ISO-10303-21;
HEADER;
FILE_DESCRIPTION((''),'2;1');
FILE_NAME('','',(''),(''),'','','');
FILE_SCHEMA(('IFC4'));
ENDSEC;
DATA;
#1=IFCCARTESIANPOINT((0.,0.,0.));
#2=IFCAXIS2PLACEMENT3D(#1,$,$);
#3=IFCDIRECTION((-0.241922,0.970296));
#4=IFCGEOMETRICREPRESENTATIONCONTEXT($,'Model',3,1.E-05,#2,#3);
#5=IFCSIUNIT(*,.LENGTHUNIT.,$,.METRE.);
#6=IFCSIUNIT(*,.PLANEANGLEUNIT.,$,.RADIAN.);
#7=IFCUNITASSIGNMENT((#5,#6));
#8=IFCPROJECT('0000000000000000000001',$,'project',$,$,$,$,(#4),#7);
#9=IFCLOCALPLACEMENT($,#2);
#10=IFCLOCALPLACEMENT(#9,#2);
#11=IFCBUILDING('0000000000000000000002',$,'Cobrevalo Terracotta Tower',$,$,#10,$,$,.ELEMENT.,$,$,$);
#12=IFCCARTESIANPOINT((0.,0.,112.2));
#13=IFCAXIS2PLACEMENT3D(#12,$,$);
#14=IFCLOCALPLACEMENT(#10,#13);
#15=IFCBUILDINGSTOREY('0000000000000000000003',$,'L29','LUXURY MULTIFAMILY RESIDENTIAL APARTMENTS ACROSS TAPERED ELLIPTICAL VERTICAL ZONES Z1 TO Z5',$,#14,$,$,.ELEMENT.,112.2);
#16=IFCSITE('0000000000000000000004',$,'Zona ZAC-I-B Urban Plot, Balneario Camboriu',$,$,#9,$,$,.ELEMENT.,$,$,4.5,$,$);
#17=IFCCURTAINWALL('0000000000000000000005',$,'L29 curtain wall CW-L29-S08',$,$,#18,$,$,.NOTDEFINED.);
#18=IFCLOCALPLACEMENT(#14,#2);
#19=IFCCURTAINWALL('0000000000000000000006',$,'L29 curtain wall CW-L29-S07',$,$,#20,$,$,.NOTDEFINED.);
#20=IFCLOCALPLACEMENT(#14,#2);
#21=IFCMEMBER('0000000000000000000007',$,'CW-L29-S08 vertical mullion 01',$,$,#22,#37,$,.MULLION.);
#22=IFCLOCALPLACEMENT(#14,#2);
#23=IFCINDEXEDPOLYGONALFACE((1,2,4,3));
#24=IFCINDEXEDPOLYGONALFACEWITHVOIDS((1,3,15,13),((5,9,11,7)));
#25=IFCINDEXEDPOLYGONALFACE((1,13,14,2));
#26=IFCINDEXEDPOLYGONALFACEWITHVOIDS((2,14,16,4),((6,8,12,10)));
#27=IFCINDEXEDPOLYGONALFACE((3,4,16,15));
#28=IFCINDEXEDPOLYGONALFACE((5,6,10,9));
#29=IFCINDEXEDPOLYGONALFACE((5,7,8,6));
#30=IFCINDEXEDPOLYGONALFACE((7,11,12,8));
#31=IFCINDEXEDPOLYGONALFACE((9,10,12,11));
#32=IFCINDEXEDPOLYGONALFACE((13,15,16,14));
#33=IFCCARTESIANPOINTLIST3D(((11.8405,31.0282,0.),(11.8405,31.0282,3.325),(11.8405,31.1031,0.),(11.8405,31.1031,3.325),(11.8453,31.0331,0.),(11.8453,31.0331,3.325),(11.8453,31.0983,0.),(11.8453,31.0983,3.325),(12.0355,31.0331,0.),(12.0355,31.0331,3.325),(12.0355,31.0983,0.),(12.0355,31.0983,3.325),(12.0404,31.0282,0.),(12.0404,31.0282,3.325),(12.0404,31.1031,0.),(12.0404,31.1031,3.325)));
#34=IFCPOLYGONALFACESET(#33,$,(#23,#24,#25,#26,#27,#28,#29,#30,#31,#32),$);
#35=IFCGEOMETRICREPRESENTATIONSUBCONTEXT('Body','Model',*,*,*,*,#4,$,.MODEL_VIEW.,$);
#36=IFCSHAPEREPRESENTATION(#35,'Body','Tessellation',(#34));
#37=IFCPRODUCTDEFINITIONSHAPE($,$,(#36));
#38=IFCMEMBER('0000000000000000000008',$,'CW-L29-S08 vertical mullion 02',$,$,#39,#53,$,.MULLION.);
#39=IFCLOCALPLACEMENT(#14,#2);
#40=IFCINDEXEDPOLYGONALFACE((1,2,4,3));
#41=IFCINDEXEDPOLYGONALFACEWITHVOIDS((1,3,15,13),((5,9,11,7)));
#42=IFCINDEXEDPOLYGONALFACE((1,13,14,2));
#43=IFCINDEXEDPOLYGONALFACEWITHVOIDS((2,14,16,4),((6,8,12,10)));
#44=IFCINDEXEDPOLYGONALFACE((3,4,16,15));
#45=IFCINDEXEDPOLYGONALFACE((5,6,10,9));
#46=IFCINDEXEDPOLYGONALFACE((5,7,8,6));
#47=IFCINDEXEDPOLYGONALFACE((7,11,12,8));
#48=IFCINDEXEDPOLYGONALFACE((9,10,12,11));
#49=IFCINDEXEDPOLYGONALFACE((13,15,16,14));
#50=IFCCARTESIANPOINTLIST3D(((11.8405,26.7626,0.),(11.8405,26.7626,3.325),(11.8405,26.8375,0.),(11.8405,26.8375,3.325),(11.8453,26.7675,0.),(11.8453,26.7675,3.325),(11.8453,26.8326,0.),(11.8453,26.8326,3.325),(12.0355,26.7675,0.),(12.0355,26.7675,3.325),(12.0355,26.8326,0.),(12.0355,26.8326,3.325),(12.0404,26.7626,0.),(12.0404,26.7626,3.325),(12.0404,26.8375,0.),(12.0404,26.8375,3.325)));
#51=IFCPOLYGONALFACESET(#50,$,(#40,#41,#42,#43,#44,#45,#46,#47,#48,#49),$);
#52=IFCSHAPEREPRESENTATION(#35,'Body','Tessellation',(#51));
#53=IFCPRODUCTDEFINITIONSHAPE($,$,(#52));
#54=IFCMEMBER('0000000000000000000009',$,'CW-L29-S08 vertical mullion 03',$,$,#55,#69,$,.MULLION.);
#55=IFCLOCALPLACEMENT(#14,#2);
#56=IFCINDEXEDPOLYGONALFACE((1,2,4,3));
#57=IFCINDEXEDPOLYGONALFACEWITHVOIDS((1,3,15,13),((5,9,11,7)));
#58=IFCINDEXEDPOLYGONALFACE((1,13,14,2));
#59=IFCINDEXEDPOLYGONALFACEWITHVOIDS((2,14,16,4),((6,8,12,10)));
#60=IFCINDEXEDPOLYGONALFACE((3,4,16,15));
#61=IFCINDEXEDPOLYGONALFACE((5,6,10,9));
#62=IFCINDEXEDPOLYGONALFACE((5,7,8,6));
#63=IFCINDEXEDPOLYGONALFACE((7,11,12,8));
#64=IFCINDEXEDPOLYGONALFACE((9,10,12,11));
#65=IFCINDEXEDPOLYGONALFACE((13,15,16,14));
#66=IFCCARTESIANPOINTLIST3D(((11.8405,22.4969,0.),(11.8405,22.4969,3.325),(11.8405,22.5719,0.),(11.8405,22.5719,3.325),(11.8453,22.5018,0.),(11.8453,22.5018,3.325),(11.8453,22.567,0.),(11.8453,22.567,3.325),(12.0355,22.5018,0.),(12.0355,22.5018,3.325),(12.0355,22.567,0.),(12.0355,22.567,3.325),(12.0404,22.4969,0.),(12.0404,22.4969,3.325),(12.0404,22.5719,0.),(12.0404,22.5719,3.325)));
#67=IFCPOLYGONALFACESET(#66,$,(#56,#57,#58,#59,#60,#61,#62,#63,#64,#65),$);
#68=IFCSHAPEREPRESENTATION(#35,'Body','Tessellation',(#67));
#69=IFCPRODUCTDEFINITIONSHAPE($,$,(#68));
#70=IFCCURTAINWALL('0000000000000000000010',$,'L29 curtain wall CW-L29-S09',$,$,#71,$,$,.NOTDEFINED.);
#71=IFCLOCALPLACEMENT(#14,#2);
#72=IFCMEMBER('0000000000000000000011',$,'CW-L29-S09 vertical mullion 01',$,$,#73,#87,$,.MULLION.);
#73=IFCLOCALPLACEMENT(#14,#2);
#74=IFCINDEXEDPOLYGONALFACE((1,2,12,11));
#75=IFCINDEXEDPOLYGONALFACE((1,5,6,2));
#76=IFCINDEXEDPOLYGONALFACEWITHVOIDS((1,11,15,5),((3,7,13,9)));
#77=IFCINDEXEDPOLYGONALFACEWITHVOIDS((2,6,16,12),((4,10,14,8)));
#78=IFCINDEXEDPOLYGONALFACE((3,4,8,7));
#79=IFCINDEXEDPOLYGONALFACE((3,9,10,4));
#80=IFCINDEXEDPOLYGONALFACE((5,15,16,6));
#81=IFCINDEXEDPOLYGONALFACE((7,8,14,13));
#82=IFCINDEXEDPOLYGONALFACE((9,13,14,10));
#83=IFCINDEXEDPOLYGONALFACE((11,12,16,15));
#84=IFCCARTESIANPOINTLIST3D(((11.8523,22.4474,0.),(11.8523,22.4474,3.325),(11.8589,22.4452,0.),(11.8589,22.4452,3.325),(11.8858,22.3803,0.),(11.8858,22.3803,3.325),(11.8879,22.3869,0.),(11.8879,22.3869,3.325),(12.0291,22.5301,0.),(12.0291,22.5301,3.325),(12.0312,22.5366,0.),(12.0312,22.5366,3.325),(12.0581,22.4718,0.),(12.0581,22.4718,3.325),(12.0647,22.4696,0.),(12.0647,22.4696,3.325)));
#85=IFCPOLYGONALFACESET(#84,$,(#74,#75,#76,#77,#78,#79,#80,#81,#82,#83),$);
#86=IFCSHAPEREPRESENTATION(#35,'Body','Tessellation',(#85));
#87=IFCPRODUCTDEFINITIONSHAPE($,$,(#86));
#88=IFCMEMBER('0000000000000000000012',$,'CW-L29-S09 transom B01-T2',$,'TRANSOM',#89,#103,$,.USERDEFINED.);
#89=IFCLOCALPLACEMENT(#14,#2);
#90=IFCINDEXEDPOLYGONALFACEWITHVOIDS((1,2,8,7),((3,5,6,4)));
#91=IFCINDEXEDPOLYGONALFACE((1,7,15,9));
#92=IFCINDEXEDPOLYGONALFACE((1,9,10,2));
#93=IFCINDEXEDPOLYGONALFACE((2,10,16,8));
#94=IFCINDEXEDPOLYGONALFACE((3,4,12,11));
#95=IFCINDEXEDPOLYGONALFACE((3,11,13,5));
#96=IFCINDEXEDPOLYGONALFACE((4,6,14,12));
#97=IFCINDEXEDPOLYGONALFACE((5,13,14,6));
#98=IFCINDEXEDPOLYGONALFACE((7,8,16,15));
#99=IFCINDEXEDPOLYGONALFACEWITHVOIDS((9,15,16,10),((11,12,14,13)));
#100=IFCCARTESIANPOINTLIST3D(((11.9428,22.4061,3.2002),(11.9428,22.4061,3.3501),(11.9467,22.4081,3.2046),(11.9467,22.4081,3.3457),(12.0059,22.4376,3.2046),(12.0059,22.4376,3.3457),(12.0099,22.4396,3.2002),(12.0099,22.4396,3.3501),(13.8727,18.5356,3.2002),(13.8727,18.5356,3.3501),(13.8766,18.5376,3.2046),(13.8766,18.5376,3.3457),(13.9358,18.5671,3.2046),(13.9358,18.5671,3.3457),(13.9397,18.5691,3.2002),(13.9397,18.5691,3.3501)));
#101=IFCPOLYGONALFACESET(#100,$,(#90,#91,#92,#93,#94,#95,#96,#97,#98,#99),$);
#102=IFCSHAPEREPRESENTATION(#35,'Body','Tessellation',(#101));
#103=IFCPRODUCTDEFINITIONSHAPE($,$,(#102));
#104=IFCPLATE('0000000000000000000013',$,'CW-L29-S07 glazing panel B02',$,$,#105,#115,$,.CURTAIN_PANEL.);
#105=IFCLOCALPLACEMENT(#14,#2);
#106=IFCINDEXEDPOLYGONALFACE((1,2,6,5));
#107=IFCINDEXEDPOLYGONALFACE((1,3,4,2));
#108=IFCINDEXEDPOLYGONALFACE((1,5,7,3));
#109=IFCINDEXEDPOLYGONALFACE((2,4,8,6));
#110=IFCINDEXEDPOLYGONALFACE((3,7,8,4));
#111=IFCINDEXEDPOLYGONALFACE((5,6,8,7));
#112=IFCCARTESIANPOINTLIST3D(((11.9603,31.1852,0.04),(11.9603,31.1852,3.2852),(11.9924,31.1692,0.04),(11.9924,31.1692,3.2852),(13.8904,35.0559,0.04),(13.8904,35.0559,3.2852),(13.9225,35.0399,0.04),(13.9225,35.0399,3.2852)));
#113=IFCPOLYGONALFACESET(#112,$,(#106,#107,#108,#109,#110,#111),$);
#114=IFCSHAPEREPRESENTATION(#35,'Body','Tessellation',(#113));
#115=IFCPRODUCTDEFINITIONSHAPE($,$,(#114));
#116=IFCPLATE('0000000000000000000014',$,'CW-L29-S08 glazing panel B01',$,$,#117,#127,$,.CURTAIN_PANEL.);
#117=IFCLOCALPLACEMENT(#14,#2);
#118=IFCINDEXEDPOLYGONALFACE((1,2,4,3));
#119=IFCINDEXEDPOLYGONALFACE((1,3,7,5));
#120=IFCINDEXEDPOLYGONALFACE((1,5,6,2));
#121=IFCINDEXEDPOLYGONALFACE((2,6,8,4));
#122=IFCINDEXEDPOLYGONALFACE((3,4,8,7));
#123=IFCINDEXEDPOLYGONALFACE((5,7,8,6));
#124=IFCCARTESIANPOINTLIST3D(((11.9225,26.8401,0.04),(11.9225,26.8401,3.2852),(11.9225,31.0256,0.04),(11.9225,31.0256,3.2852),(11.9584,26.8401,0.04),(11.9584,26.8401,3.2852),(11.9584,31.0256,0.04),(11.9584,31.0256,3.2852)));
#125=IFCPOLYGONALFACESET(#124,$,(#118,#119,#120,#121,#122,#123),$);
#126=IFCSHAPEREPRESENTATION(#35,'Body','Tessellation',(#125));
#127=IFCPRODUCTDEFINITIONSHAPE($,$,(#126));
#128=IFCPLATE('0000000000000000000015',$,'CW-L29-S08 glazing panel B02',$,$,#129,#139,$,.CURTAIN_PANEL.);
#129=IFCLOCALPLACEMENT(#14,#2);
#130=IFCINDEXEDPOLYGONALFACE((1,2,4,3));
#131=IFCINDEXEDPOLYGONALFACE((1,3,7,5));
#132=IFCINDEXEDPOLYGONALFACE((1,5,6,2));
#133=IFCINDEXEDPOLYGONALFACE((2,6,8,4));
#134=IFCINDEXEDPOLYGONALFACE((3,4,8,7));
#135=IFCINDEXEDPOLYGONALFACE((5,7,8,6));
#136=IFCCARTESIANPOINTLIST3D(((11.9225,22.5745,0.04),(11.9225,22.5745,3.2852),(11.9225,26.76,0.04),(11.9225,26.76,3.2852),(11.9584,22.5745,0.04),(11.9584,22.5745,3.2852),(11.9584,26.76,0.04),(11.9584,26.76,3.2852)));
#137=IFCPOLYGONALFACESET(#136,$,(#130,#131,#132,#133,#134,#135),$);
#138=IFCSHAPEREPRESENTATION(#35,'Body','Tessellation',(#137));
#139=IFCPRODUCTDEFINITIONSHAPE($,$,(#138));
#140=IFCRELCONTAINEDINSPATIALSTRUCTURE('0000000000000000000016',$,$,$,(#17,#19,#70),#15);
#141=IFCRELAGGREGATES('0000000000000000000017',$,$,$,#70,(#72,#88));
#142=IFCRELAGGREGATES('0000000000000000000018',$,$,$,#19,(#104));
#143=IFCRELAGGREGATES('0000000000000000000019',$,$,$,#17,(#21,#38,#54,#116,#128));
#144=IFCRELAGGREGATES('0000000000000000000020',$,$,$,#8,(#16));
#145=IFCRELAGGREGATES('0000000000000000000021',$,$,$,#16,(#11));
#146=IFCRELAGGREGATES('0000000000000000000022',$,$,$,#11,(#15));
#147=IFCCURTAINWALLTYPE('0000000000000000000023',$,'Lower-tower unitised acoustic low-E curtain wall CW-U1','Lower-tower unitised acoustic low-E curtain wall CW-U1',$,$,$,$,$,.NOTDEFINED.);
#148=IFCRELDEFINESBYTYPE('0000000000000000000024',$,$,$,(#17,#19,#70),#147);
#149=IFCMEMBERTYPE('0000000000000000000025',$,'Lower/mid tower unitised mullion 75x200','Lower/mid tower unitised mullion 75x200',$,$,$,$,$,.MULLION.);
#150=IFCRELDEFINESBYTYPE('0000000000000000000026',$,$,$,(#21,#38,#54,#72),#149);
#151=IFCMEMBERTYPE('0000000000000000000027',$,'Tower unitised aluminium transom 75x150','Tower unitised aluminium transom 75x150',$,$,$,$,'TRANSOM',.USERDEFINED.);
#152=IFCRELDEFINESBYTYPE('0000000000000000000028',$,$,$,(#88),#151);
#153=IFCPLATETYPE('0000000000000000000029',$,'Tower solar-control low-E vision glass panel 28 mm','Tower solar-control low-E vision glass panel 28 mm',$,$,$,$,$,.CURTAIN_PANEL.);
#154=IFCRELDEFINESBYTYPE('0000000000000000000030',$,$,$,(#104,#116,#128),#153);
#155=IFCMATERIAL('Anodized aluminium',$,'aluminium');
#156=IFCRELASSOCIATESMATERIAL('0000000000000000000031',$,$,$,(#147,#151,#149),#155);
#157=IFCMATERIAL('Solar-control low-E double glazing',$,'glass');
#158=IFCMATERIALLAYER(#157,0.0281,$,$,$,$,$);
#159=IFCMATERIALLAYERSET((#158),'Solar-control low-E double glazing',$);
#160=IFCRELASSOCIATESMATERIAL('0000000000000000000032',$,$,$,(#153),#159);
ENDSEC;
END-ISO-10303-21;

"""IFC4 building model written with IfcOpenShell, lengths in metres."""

from ifc_helpers import new_model, si_unit, direction, frame, origin, origin_2d, place, context, subcontext, project, spatial, rectangle, hollow_rectangle, extrude, source, transform, mapped, material, layer, layer_set, material_profile, profile_set, type_object, element, aggregate, save


model = new_model("IFC4")

# Units and contexts
model_context = context("Model", 3, precision=1e-05, world=origin(), true_north=direction((-0.241922, 0.970296)))
body_context = subcontext(model_context, "Body", "Model", "MODEL_VIEW")
ifc_project = project(units=[si_unit("LENGTHUNIT", "METRE"), si_unit("PLANEANGLEUNIT", "RADIAN")], contexts=[model_context])

# Site, building, storey
site_placement = place(None, origin())
site = spatial("IfcSite", under=ifc_project, at=site_placement, Name="Zona ZAC-I-B Urban Plot, Balneario Camboriu", CompositionType="ELEMENT", RefElevation=4.5)
building_placement = place(site_placement, origin())
building = spatial("IfcBuilding", under=site, at=building_placement, Name="Cobrevalo Terracotta Tower", CompositionType="ELEMENT")
storey_placement = place(building_placement, frame((0.0, 0.0, 112.2)))
storey = spatial("IfcBuildingStorey", under=building, at=storey_placement, Name="L29", Description="LUXURY MULTIFAMILY RESIDENTIAL APARTMENTS ACROSS TAPERED ELLIPTICAL VERTICAL ZONES Z1 TO Z5", CompositionType="ELEMENT", Elevation=112.2)

# Curtain wall
ifc_material_1 = material(Name="Anodized aluminium", Category="aluminium")
curtain_wall_type = type_object("IfcCurtainWallType", Name="Lower-tower unitised acoustic low-E curtain wall CW-U1", Description="Lower-tower unitised acoustic low-E curtain wall CW-U1", PredefinedType="NOTDEFINED", material=ifc_material_1)
curtain_wall_1_placement = place(storey_placement, origin())
curtain_wall_1 = element("IfcCurtainWall", 1, at=curtain_wall_1_placement, inside=storey, type_object=curtain_wall_type, Name="L29 curtain wall CW-L29-S08", PredefinedType="NOTDEFINED")
ifc_material_profile_1 = material_profile(ifc_material_1, hollow_rectangle(XDim=0.075, YDim=0.1499, WallThickness=0.0044, at=origin_2d()), Name="CWT 75x150")
ifc_profile_set_1 = profile_set([ifc_material_profile_1], Name="Anodized aluminium")
member_type_1 = type_object("IfcMemberType", Name="Tower unitised aluminium transom 75x150", Description="Tower unitised aluminium transom 75x150", ElementType="TRANSOM", PredefinedType="USERDEFINED", material=ifc_profile_set_1)

# Curtain wall
curtain_wall_2_placement = place(storey_placement, origin())
curtain_wall_2 = element("IfcCurtainWall", 2, at=curtain_wall_2_placement, inside=storey, type_object=curtain_wall_type, Name="L29 curtain wall CW-L29-S07", PredefinedType="NOTDEFINED")
ifc_material_profile_2 = material_profile(ifc_material_1, hollow_rectangle(XDim=0.075, YDim=0.2, WallThickness=0.0049, at=origin_2d()), Name="CWM 75x200")
ifc_profile_set_2 = profile_set([ifc_material_profile_2], Name="Anodized aluminium")
member_type_2 = type_object("IfcMemberType", Name="Lower/mid tower unitised mullion 75x200", Description="Lower/mid tower unitised mullion 75x200", PredefinedType="MULLION", material=ifc_profile_set_2)
shared_shape_1 = source(origin(), body_context, "Body", "SweptSolid", [
    extrude(hollow_rectangle(XDim=0.075, YDim=0.2, WallThickness=0.0049, at=origin_2d()), origin(), (0.0, 0.0, 1.0), 3.325),
])

# Members
member_1_placement = place(storey_placement, frame((11.9404, 31.0657, 0.0), z_axis=(0.0, 0.0, 1.0), x_axis=(0.0, -1.0, 0.0)))
member_1 = element("IfcMember", 3, at=member_1_placement, type_object=member_type_2, Name="CW-L29-S08 vertical mullion 01", PredefinedType="MULLION", context=body_context, shape_type="MappedRepresentation", body=[
    mapped(shared_shape_1, transform((0.0, 0.0, 0.0), scale=1.0)),
])
member_2_placement = place(storey_placement, frame((11.9404, 26.8, 0.0), z_axis=(0.0, 0.0, 1.0), x_axis=(0.0, -1.0, 0.0)))
member_2 = element("IfcMember", 4, at=member_2_placement, type_object=member_type_2, Name="CW-L29-S08 vertical mullion 02", PredefinedType="MULLION", context=body_context, shape_type="MappedRepresentation", body=[
    mapped(shared_shape_1, transform((0.0, 0.0, 0.0), scale=1.0)),
])
member_3_placement = place(storey_placement, frame((11.9404, 22.5344, 0.0), z_axis=(0.0, 0.0, 1.0), x_axis=(0.0, -1.0, 0.0)))
member_3 = element("IfcMember", 5, at=member_3_placement, type_object=member_type_2, Name="CW-L29-S08 vertical mullion 03", PredefinedType="MULLION", context=body_context, shape_type="MappedRepresentation", body=[
    mapped(shared_shape_1, transform((0.0, 0.0, 0.0), scale=1.0)),
])

# Curtain wall, members
curtain_wall_3_placement = place(storey_placement, origin())
curtain_wall_3 = element("IfcCurtainWall", 6, at=curtain_wall_3_placement, inside=storey, type_object=curtain_wall_type, Name="L29 curtain wall CW-L29-S09", PredefinedType="NOTDEFINED")
member_4_placement = place(storey_placement, frame((11.9585, 22.4585, 0.0), z_axis=(0.0, 0.0, 1.0), x_axis=(0.44626, -0.894903, 0.0)))
member_4 = element("IfcMember", 7, at=member_4_placement, type_object=member_type_2, Name="CW-L29-S09 vertical mullion 01", PredefinedType="MULLION", context=body_context, shape_type="MappedRepresentation", body=[
    mapped(shared_shape_1, transform((0.0, 0.0, 0.0), scale=1.0)),
])
shared_shape_2 = source(origin(), body_context, "Body", "SweptSolid", [
    extrude(hollow_rectangle(XDim=0.075, YDim=0.1499, WallThickness=0.0044, at=origin_2d()), origin(), (0.0, 0.0, 1.0), 4.325),
])
member_5_placement = place(storey_placement, frame((11.9763, 22.4229, 3.2751), z_axis=(0.44622, -0.894923, 0.0), x_axis=(0.894923, 0.44622, 0.0)))
member_5 = element("IfcMember", 8, at=member_5_placement, type_object=member_type_1, Name="CW-L29-S09 transom B01-T2", ObjectType="TRANSOM", PredefinedType="USERDEFINED", context=body_context, shape_type="MappedRepresentation", body=[
    mapped(shared_shape_2, transform((0.0, 0.0, 0.0), scale=1.0)),
])
aggregate(curtain_wall_3, [member_4, member_5])

# Plates
ifc_material_2 = material(Name="Solar-control low-E double glazing", Category="glass")
ifc_layer = layer(ifc_material_2, 0.0281)
ifc_layer_set = layer_set([ifc_layer], Name="Solar-control low-E double glazing")
plate_type = type_object("IfcPlateType", Name="Tower solar-control low-E vision glass panel 28 mm", Description="Tower solar-control low-E vision glass panel 28 mm", PredefinedType="CURTAIN_PANEL", material=ifc_layer_set)
shared_shape_3 = source(origin(), body_context, "Body", "SweptSolid", [
    extrude(rectangle(XDim=4.3252, YDim=0.0359, at=origin_2d()), origin(), (0.0, 0.0, 1.0), 3.2451),
])
plate_1_placement = place(storey_placement, frame((12.9414, 33.1125, 0.04), z_axis=(0.0, 0.0, 1.0), x_axis=(-0.446262, -0.894902, 0.0)))
plate_1 = element("IfcPlate", 9, at=plate_1_placement, type_object=plate_type, Name="CW-L29-S07 glazing panel B02", PredefinedType="CURTAIN_PANEL", context=body_context, shape_type="MappedRepresentation", body=[
    mapped(shared_shape_3, transform((0.0, 0.0, 0.0), scale=1.0)),
])
aggregate(curtain_wall_2, [plate_1])
shared_shape_4 = source(origin(), body_context, "Body", "SweptSolid", [
    extrude(rectangle(XDim=4.1855, YDim=0.0359, at=origin_2d()), origin(), (0.0, 0.0, 1.0), 3.2451),
])
plate_2_placement = place(storey_placement, frame((11.9404, 28.9329, 0.04), z_axis=(0.0, 0.0, 1.0), x_axis=(0.0, -1.0, 0.0)))
plate_2 = element("IfcPlate", 10, at=plate_2_placement, type_object=plate_type, Name="CW-L29-S08 glazing panel B01", PredefinedType="CURTAIN_PANEL", context=body_context, shape_type="MappedRepresentation", body=[
    mapped(shared_shape_4, transform((0.0, 0.0, 0.0), scale=1.0)),
])
plate_3_placement = place(storey_placement, frame((11.9404, 24.6672, 0.04), z_axis=(0.0, 0.0, 1.0), x_axis=(0.0, -1.0, 0.0)))
plate_3 = element("IfcPlate", 11, at=plate_3_placement, type_object=plate_type, Name="CW-L29-S08 glazing panel B02", PredefinedType="CURTAIN_PANEL", context=body_context, shape_type="MappedRepresentation", body=[
    mapped(shared_shape_4, transform((0.0, 0.0, 0.0), scale=1.0)),
])
aggregate(curtain_wall_1, [member_1, member_2, member_3, plate_2, plate_3])

save(model, "model.ifc")
